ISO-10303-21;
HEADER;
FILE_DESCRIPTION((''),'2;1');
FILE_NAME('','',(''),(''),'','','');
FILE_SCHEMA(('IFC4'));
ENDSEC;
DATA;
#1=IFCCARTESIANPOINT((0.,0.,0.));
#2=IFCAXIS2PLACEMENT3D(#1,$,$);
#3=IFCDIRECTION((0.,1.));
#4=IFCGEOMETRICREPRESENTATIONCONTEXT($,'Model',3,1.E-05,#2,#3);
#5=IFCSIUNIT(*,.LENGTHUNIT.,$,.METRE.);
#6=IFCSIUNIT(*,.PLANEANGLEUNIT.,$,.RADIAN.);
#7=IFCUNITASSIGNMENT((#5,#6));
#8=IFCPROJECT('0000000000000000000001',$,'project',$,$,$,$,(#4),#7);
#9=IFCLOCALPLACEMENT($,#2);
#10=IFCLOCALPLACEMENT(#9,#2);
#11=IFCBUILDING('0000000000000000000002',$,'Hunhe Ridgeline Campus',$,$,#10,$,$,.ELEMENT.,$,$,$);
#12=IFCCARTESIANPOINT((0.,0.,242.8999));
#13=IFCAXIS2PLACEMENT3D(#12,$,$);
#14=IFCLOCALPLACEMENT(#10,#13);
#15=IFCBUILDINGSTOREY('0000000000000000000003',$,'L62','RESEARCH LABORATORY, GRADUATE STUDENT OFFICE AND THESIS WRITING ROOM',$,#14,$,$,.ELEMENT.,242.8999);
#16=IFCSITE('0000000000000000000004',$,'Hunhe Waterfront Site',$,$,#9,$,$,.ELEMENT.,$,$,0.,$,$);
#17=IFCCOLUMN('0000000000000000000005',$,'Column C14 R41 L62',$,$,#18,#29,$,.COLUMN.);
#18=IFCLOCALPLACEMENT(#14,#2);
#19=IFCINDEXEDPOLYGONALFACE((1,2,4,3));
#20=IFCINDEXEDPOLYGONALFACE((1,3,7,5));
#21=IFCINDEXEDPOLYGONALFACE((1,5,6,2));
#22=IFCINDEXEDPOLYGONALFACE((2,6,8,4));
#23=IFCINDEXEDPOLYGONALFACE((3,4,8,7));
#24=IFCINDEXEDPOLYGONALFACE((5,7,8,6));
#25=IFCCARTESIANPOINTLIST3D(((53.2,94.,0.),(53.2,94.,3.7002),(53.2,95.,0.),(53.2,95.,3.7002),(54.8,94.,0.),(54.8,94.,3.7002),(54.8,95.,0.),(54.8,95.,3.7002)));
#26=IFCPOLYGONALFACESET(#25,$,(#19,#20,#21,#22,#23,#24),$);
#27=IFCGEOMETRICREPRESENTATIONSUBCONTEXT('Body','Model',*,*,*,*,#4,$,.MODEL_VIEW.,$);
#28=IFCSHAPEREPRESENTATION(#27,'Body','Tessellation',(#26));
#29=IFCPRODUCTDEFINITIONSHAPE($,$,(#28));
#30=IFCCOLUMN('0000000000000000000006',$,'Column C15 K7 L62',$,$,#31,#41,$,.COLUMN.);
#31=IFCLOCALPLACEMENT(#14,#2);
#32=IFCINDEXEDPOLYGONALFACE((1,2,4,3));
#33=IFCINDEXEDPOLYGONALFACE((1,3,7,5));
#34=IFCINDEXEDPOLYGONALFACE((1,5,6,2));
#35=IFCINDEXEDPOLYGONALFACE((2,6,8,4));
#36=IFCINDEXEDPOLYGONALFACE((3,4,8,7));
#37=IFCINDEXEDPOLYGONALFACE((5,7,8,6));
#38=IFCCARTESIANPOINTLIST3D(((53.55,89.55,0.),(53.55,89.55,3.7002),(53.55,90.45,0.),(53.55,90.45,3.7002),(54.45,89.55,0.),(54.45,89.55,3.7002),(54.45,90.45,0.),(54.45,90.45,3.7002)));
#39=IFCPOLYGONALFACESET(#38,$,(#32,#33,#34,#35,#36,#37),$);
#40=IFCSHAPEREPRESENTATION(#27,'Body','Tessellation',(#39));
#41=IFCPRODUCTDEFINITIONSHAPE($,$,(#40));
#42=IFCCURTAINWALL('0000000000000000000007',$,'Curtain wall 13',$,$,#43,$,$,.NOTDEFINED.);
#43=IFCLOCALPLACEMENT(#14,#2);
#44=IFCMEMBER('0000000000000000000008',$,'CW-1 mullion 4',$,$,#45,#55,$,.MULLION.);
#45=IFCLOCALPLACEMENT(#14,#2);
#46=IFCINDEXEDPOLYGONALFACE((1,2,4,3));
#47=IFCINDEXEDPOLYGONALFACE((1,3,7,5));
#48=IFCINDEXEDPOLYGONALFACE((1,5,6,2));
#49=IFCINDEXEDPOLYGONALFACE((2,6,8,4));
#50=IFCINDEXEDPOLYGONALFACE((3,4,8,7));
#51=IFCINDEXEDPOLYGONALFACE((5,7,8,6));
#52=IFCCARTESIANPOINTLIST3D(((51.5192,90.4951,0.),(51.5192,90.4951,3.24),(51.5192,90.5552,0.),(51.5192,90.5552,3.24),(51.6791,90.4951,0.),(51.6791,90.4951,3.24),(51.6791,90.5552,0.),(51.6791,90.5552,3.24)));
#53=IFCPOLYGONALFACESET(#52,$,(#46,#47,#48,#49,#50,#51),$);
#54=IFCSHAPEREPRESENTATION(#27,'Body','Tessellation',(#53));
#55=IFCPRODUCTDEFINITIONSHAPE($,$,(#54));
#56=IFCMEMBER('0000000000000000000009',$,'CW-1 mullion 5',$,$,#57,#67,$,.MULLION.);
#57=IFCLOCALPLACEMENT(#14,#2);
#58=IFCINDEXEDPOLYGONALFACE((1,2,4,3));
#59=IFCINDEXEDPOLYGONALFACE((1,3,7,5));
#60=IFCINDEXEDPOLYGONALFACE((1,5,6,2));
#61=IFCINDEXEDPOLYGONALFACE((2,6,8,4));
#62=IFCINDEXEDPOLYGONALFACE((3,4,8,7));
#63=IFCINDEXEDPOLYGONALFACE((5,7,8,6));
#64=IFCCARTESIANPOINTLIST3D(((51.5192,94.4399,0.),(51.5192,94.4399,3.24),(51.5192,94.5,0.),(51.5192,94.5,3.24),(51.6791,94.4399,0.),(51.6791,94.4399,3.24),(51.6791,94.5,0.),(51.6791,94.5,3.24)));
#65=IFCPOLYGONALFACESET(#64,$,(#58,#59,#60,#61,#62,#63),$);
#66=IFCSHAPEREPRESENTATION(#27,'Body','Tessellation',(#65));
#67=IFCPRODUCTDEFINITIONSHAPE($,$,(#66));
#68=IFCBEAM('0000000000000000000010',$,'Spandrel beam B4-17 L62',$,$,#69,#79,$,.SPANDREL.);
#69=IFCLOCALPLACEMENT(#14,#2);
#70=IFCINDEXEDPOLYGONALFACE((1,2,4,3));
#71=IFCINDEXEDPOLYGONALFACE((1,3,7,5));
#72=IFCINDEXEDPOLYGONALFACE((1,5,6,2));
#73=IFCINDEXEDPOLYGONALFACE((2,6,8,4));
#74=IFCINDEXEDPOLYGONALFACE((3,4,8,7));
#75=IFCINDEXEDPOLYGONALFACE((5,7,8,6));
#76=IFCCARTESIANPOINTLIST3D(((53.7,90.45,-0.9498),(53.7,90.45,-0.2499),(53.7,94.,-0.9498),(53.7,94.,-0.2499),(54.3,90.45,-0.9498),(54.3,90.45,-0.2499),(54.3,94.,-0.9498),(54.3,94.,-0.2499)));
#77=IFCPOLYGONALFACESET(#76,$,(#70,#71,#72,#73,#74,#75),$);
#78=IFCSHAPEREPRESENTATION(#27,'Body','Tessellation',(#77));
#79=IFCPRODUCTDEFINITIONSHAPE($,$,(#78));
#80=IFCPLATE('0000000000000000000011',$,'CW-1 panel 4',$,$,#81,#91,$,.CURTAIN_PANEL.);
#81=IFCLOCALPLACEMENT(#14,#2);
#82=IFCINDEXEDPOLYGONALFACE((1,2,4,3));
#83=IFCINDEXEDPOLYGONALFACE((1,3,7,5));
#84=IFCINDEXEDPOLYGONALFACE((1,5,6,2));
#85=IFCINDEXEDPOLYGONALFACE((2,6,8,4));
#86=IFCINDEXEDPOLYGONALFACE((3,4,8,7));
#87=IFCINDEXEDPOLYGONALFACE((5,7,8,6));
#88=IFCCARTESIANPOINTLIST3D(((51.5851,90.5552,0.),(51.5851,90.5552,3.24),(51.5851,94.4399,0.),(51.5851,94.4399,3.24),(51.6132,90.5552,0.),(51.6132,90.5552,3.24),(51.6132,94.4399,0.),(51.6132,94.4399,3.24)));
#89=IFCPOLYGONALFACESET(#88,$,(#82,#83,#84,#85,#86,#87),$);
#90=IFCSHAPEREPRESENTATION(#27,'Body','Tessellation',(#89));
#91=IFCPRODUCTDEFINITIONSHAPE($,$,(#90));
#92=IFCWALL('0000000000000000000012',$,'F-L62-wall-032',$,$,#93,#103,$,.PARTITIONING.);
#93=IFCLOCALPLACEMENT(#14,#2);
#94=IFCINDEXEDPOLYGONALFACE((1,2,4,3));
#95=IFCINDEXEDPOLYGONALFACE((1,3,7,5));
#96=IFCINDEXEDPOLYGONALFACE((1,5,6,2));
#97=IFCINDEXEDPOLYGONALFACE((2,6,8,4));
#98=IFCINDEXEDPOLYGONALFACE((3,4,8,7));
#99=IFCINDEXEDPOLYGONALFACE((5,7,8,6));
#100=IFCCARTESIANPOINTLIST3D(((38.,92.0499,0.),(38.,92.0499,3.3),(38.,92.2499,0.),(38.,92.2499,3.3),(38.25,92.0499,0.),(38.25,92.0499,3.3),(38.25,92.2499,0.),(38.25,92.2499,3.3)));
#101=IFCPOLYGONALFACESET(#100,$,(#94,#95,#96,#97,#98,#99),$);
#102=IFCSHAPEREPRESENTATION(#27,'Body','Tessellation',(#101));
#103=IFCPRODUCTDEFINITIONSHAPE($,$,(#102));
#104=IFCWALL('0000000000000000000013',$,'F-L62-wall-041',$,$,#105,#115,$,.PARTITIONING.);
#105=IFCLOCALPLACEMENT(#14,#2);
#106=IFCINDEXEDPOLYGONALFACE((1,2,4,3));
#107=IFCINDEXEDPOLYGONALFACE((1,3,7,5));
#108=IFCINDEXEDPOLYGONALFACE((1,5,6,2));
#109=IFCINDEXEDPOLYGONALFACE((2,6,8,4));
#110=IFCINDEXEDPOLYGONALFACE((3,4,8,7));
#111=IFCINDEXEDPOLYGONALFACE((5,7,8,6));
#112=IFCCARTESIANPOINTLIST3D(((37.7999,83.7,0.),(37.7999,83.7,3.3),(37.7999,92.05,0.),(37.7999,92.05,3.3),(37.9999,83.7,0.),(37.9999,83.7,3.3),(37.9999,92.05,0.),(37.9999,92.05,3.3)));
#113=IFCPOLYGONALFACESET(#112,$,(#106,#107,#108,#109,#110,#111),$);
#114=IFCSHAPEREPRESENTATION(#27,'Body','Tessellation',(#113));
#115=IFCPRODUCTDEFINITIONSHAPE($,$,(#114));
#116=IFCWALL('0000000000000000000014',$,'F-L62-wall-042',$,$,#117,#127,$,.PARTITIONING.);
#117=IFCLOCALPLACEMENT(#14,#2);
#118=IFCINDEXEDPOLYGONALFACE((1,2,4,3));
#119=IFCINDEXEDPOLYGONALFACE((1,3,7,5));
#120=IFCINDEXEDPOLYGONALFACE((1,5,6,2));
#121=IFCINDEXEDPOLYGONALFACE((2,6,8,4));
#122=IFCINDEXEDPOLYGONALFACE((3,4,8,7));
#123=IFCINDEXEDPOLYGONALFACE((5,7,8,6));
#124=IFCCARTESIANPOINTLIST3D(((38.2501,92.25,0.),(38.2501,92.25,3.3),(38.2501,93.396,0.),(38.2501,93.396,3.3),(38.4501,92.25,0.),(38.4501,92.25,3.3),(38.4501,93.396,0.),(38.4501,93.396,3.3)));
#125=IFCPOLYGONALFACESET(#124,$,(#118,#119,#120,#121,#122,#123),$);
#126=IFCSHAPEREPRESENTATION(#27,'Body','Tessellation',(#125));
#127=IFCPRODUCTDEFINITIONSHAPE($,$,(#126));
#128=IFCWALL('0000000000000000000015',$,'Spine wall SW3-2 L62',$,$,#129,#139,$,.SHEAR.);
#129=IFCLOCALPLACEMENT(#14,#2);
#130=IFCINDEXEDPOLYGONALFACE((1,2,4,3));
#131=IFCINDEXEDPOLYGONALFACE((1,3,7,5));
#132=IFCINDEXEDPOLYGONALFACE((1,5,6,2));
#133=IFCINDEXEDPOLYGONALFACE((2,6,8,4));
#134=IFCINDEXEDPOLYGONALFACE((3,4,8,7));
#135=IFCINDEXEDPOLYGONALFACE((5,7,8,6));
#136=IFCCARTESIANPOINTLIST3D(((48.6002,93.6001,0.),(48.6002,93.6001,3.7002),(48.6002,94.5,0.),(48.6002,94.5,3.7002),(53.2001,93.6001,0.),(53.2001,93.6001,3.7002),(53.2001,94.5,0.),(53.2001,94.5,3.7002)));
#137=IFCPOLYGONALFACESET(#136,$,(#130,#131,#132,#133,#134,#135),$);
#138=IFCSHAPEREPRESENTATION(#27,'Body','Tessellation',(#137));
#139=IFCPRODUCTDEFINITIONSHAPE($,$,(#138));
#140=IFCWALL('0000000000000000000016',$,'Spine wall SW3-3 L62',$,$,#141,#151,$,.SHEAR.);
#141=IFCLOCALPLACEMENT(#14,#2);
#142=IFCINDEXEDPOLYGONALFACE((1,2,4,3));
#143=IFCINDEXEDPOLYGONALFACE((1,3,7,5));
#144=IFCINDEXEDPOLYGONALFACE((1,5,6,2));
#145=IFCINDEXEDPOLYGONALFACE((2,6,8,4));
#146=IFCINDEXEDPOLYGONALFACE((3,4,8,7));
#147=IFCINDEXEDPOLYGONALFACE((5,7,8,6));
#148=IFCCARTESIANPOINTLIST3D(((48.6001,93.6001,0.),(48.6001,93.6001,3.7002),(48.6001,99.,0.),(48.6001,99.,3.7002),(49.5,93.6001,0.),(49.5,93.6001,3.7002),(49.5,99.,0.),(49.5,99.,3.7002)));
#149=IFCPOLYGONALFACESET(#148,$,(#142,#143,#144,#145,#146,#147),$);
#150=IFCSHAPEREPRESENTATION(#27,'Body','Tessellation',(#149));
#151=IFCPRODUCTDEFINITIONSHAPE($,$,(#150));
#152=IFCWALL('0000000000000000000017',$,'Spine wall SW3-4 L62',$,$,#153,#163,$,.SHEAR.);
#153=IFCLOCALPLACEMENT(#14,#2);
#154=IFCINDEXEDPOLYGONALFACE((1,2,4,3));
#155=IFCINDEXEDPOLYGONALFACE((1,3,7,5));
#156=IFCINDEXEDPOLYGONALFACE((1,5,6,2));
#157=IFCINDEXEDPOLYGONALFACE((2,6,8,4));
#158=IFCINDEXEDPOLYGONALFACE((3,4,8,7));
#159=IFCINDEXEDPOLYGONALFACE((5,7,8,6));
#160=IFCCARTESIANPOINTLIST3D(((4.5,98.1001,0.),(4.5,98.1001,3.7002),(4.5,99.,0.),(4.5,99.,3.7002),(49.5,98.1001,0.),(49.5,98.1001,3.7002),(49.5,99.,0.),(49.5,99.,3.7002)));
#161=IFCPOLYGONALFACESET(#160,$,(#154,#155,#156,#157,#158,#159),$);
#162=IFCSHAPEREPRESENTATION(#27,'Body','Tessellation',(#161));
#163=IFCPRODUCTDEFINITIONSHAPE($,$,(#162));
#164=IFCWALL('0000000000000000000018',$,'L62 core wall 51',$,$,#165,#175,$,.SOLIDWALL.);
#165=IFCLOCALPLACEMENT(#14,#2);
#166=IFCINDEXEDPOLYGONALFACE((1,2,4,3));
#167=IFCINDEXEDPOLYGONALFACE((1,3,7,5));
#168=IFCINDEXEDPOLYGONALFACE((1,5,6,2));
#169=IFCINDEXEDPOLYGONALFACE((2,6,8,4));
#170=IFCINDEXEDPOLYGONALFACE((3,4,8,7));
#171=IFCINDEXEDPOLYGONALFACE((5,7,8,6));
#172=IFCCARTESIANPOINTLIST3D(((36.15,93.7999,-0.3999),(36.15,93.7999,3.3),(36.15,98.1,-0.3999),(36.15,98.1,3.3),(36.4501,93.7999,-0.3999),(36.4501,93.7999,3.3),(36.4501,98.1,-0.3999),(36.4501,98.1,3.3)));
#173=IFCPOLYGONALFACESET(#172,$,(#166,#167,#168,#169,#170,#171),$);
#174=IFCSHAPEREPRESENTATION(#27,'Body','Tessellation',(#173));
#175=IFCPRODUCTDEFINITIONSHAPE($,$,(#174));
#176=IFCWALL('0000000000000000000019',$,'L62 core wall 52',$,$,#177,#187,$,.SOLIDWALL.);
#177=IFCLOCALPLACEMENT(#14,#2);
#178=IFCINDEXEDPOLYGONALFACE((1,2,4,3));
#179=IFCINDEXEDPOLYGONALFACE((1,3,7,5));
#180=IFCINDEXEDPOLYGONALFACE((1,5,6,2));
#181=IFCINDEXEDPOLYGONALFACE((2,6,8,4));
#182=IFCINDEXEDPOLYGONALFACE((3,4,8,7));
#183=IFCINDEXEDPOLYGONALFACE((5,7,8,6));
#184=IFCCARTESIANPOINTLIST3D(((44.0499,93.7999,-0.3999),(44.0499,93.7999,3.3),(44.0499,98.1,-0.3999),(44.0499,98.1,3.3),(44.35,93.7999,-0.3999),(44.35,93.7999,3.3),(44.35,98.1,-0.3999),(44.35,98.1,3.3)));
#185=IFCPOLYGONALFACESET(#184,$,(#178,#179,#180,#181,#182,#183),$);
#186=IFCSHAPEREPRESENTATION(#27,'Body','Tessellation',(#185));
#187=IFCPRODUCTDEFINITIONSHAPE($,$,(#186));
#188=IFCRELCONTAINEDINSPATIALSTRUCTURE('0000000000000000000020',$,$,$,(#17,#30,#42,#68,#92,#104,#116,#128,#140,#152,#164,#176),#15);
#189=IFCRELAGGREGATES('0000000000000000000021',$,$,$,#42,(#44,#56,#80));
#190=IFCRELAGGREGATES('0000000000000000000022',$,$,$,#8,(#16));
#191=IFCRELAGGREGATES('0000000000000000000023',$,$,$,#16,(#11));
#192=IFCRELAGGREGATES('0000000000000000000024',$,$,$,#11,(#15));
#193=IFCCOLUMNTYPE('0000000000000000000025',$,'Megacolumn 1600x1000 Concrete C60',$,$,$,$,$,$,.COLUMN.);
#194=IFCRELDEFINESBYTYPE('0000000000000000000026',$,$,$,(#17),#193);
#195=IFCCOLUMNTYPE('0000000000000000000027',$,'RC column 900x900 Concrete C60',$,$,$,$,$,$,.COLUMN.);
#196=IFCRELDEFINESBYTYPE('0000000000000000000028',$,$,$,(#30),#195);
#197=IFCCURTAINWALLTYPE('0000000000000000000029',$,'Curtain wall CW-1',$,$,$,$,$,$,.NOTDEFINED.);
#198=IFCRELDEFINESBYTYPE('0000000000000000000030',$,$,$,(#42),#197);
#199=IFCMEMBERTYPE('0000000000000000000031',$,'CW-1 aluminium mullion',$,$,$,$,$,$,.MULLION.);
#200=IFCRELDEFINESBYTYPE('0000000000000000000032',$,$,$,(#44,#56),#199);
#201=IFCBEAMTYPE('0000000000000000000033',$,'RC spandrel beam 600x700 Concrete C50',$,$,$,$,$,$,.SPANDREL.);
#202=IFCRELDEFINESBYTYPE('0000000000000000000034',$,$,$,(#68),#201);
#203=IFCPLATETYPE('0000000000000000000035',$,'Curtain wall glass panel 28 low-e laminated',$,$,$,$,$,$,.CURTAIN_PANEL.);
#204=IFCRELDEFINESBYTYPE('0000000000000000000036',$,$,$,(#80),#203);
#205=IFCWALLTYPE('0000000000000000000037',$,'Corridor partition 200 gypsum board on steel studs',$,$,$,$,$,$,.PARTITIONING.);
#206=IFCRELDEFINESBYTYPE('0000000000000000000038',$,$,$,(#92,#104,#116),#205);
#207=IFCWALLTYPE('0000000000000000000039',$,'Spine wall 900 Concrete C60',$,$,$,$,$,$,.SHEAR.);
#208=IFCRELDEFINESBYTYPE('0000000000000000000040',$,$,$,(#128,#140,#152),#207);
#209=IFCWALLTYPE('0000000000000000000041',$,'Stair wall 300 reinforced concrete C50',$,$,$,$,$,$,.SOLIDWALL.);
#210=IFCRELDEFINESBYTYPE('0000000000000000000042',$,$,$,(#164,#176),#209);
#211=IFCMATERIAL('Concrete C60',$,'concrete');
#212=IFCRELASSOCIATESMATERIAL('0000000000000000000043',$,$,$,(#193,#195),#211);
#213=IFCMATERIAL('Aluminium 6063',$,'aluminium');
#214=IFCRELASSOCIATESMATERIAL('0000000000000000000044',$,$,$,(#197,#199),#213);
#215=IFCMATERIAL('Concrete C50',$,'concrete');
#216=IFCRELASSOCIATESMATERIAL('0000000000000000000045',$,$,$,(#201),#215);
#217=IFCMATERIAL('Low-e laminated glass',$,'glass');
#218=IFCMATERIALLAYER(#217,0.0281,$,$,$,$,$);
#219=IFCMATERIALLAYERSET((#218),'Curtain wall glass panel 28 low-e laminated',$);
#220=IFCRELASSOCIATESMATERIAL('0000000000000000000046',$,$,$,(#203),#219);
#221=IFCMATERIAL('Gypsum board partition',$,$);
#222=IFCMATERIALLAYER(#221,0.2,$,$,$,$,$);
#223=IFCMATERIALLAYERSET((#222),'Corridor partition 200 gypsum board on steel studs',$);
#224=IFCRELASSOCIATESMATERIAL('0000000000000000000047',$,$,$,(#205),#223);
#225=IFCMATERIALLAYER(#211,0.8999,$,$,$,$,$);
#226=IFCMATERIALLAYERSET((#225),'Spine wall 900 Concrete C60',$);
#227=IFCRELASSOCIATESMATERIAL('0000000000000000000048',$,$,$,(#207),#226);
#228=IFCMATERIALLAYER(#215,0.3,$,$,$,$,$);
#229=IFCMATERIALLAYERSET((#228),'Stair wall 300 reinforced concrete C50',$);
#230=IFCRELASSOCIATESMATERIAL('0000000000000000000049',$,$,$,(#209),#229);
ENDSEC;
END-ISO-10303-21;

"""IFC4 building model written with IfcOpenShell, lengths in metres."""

from ifc_helpers import new_model, si_unit, direction, frame, frame_2d, origin, origin_2d, place, context, subcontext, project, spatial, rectangle, extrude, material, layer, layer_set, material_profile, profile_set, type_object, element, aggregate, save


model = new_model("IFC4")

# Units and contexts
model_context = context("Model", 3, precision=1e-05, world=origin(), true_north=direction((0.0, 1.0)))
body_context = subcontext(model_context, "Body", "Model", "MODEL_VIEW")
ifc_project = project(units=[si_unit("LENGTHUNIT", "METRE"), si_unit("PLANEANGLEUNIT", "RADIAN")], contexts=[model_context])

# Site, building, storey
site_placement = place(None, origin())
site = spatial("IfcSite", under=ifc_project, at=site_placement, Name="Hunhe Waterfront Site", CompositionType="ELEMENT", RefElevation=0.0)
building_placement = place(site_placement, origin())
building = spatial("IfcBuilding", under=site, at=building_placement, Name="Hunhe Ridgeline Campus", CompositionType="ELEMENT")
storey_placement = place(building_placement, frame((0.0, 0.0, 242.8999)))
storey = spatial("IfcBuildingStorey", under=building, at=storey_placement, Name="L62", Description="RESEARCH LABORATORY, GRADUATE STUDENT OFFICE AND THESIS WRITING ROOM", CompositionType="ELEMENT", Elevation=242.8999)

# Columns
ifc_material_1 = material(Name="Concrete C60", Category="concrete")
ifc_material_profile_1 = material_profile(ifc_material_1, rectangle(XDim=1.6001, YDim=1.0, at=origin_2d()))
ifc_profile_set_1 = profile_set([ifc_material_profile_1], Name="Concrete C60")
column_type_1 = type_object("IfcColumnType", Name="Megacolumn 1600x1000 Concrete C60", PredefinedType="COLUMN", material=ifc_profile_set_1)
column_1_placement = place(storey_placement, frame((54.0, 94.5, 0.0), z_axis=(0.0, 0.0, 1.0), x_axis=(1.0, 0.0, 0.0)))
element("IfcColumn", 1, at=column_1_placement, inside=storey, type_object=column_type_1, Name="Column C14 R41 L62", PredefinedType="COLUMN", context=body_context, shape_type="SweptSolid", body=[
    extrude(rectangle(XDim=1.6001, YDim=1.0, at=origin_2d()), origin(), (0.0, 0.0, 1.0), 3.7002),
])
ifc_material_profile_2 = material_profile(ifc_material_1, rectangle(XDim=0.8999, YDim=0.8999, at=origin_2d()))
ifc_profile_set_2 = profile_set([ifc_material_profile_2], Name="Concrete C60")
column_type_2 = type_object("IfcColumnType", Name="RC column 900x900 Concrete C60", PredefinedType="COLUMN", material=ifc_profile_set_2)
column_2_placement = place(storey_placement, frame((54.0, 90.0, 0.0), z_axis=(0.0, 0.0, 1.0), x_axis=(1.0, 0.0, 0.0)))
element("IfcColumn", 2, at=column_2_placement, inside=storey, type_object=column_type_2, Name="Column C15 K7 L62", PredefinedType="COLUMN", context=body_context, shape_type="SweptSolid", body=[
    extrude(rectangle(XDim=0.8999, YDim=0.8999, at=origin_2d()), origin(), (0.0, 0.0, 1.0), 3.7002),
])

# Curtain wall, members
ifc_material_2 = material(Name="Aluminium 6063", Category="aluminium")
curtain_wall_type = type_object("IfcCurtainWallType", Name="Curtain wall CW-1", PredefinedType="NOTDEFINED", material=ifc_material_2)
curtain_wall_placement = place(storey_placement, origin())
curtain_wall = element("IfcCurtainWall", 3, at=curtain_wall_placement, inside=storey, type_object=curtain_wall_type, Name="Curtain wall 13", PredefinedType="NOTDEFINED")
ifc_material_profile_3 = material_profile(ifc_material_2, rectangle(XDim=0.1599, YDim=0.0601, at=origin_2d()))
ifc_profile_set_3 = profile_set([ifc_material_profile_3], Name="Aluminium 6063")
member_type = type_object("IfcMemberType", Name="CW-1 aluminium mullion", PredefinedType="MULLION", material=ifc_profile_set_3)
member_1_placement = place(storey_placement, frame((51.5991, 90.5251, 0.0), z_axis=(0.0, 0.0, 1.0), x_axis=(-1.0, 0.0, 0.0)))
member_1 = element("IfcMember", 4, at=member_1_placement, type_object=member_type, Name="CW-1 mullion 4", PredefinedType="MULLION", context=body_context, shape_type="SweptSolid", body=[
    extrude(rectangle(XDim=0.1599, YDim=0.0601, at=origin_2d()), origin(), (0.0, 0.0, 1.0), 3.24),
])
member_2_placement = place(storey_placement, frame((51.5991, 94.47, 0.0), z_axis=(0.0, 0.0, 1.0), x_axis=(-1.0, 0.0, 0.0)))
member_2 = element("IfcMember", 5, at=member_2_placement, type_object=member_type, Name="CW-1 mullion 5", PredefinedType="MULLION", context=body_context, shape_type="SweptSolid", body=[
    extrude(rectangle(XDim=0.1599, YDim=0.0601, at=origin_2d()), origin(), (0.0, 0.0, 1.0), 3.24),
])

# Beam
ifc_material_3 = material(Name="Concrete C50", Category="concrete")
ifc_material_profile_4 = material_profile(ifc_material_3, rectangle(XDim=0.6001, YDim=0.7, at=origin_2d()))
ifc_profile_set_4 = profile_set([ifc_material_profile_4], Name="Concrete C50")
beam_type = type_object("IfcBeamType", Name="RC spandrel beam 600x700 Concrete C50", PredefinedType="SPANDREL", material=ifc_profile_set_4)
beam_placement = place(storey_placement, frame((54.0, 90.45, -0.5999), z_axis=(0.0, 1.0, 0.0), x_axis=(-1.0, 0.0, 0.0)))
element("IfcBeam", 6, at=beam_placement, inside=storey, type_object=beam_type, Name="Spandrel beam B4-17 L62", PredefinedType="SPANDREL", context=body_context, shape_type="SweptSolid", body=[
    extrude(rectangle(XDim=0.6001, YDim=0.7, at=origin_2d()), origin(), (0.0, 0.0, 1.0), 3.55),
])

# Plate
ifc_material_4 = material(Name="Low-e laminated glass", Category="glass")
ifc_layer_1 = layer(ifc_material_4, 0.0281)
ifc_layer_set_1 = layer_set([ifc_layer_1], Name="Curtain wall glass panel 28 low-e laminated")
plate_type = type_object("IfcPlateType", Name="Curtain wall glass panel 28 low-e laminated", PredefinedType="CURTAIN_PANEL", material=ifc_layer_set_1)
plate_placement = place(storey_placement, frame((51.5991, 92.4976, 0.0), z_axis=(0.0, 0.0, 1.0), x_axis=(0.0, 1.0, 0.0)))
plate = element("IfcPlate", 7, at=plate_placement, type_object=plate_type, Name="CW-1 panel 4", PredefinedType="CURTAIN_PANEL", context=body_context, shape_type="SweptSolid", body=[
    extrude(rectangle(XDim=3.8848, YDim=0.0281, at=origin_2d()), origin(), (0.0, 0.0, 1.0), 3.24),
])
aggregate(curtain_wall, [member_1, member_2, plate])

# Walls
ifc_material_5 = material(Name="Gypsum board partition")
ifc_layer_2 = layer(ifc_material_5, 0.2)
ifc_layer_set_2 = layer_set([ifc_layer_2], Name="Corridor partition 200 gypsum board on steel studs")
wall_type_1 = type_object("IfcWallType", Name="Corridor partition 200 gypsum board on steel studs", PredefinedType="PARTITIONING", material=ifc_layer_set_2)
wall_1_placement = place(storey_placement, frame((38.25, 92.1499, 0.0), z_axis=(0.0, 0.0, 1.0), x_axis=(-1.0, 0.0, 0.0)))
element("IfcWall", 8, at=wall_1_placement, inside=storey, type_object=wall_type_1, Name="F-L62-wall-032", PredefinedType="PARTITIONING", context=body_context, shape_type="SweptSolid", body=[
    extrude(rectangle(XDim=0.25, YDim=0.2, at=frame_2d((0.125, 0.0))), origin(), (0.0, 0.0, 1.0), 3.3),
])
wall_2_placement = place(storey_placement, frame((37.8999, 92.05, 0.0), z_axis=(0.0, 0.0, 1.0), x_axis=(0.0, -1.0, 0.0)))
element("IfcWall", 9, at=wall_2_placement, inside=storey, type_object=wall_type_1, Name="F-L62-wall-041", PredefinedType="PARTITIONING", context=body_context, shape_type="SweptSolid", body=[
    extrude(rectangle(XDim=8.3501, YDim=0.2, at=frame_2d((4.175, 0.0))), origin(), (0.0, 0.0, 1.0), 3.3),
])
wall_3_placement = place(storey_placement, frame((38.3501, 93.396, 0.0), z_axis=(0.0, 0.0, 1.0), x_axis=(0.0, -1.0, 0.0)))
element("IfcWall", 10, at=wall_3_placement, inside=storey, type_object=wall_type_1, Name="F-L62-wall-042", PredefinedType="PARTITIONING", context=body_context, shape_type="SweptSolid", body=[
    extrude(rectangle(XDim=1.146, YDim=0.2, at=frame_2d((0.573, 0.0))), origin(), (0.0, 0.0, 1.0), 3.3),
])
ifc_layer_3 = layer(ifc_material_1, 0.8999)
ifc_layer_set_3 = layer_set([ifc_layer_3], Name="Spine wall 900 Concrete C60")
wall_type_2 = type_object("IfcWallType", Name="Spine wall 900 Concrete C60", PredefinedType="SHEAR", material=ifc_layer_set_3)
wall_4_placement = place(storey_placement, frame((53.2, 94.05, 0.0), z_axis=(0.0, 0.0, 1.0), x_axis=(-1.0, 0.0, 0.0)))
element("IfcWall", 11, at=wall_4_placement, inside=storey, type_object=wall_type_2, Name="Spine wall SW3-2 L62", PredefinedType="SHEAR", context=body_context, shape_type="SweptSolid", body=[
    extrude(rectangle(XDim=4.5999, YDim=0.8999, at=frame_2d((2.2998, 0.0))), origin(), (0.0, 0.0, 1.0), 3.7002),
])
wall_5_placement = place(storey_placement, frame((49.05, 93.6001, 0.0), z_axis=(0.0, 0.0, 1.0), x_axis=(0.0, 1.0, 0.0)))
element("IfcWall", 12, at=wall_5_placement, inside=storey, type_object=wall_type_2, Name="Spine wall SW3-3 L62", PredefinedType="SHEAR", context=body_context, shape_type="SweptSolid", body=[
    extrude(rectangle(XDim=5.3999, YDim=0.8999, at=frame_2d((2.7, 0.0))), origin(), (0.0, 0.0, 1.0), 3.7002),
])
wall_6_placement = place(storey_placement, frame((49.5, 98.55, 0.0), z_axis=(0.0, 0.0, 1.0), x_axis=(-1.0, 0.0, 0.0)))
element("IfcWall", 13, at=wall_6_placement, inside=storey, type_object=wall_type_2, Name="Spine wall SW3-4 L62", PredefinedType="SHEAR", context=body_context, shape_type="SweptSolid", body=[
    extrude(rectangle(XDim=45.0, YDim=0.8999, at=frame_2d((22.5, 0.0))), origin(), (0.0, 0.0, 1.0), 3.7002),
])

# Shared definitions
ifc_layer_4 = layer(ifc_material_3, 0.3)
ifc_layer_set_4 = layer_set([ifc_layer_4], Name="Stair wall 300 reinforced concrete C50")
wall_type_3 = type_object("IfcWallType", Name="Stair wall 300 reinforced concrete C50", PredefinedType="SOLIDWALL", material=ifc_layer_set_4)

# Walls
for number, where, z_axis, x_axis, name in (
    (14, (36.3, 93.8, -0.3999), (0.0, 0.0, 1.0), (0.0, 1.0, 0.0), "L62 core wall 51"),
    (15, (44.2, 93.8, -0.3999), (0.0, 0.0, 1.0), (0.0, 1.0, 0.0), "L62 core wall 52"),
):
    element("IfcWall", number, at=place(storey_placement, frame(where, z_axis=z_axis, x_axis=x_axis)), inside=storey, type_object=wall_type_3, Name=name, PredefinedType="SOLIDWALL", context=body_context, shape_type="SweptSolid", body=[
        extrude(rectangle(XDim=4.3, YDim=0.3, at=frame_2d((2.1499, 0.0))), origin(), (0.0, 0.0, 1.0), 3.7),
    ])

save(model, "model.ifc")
